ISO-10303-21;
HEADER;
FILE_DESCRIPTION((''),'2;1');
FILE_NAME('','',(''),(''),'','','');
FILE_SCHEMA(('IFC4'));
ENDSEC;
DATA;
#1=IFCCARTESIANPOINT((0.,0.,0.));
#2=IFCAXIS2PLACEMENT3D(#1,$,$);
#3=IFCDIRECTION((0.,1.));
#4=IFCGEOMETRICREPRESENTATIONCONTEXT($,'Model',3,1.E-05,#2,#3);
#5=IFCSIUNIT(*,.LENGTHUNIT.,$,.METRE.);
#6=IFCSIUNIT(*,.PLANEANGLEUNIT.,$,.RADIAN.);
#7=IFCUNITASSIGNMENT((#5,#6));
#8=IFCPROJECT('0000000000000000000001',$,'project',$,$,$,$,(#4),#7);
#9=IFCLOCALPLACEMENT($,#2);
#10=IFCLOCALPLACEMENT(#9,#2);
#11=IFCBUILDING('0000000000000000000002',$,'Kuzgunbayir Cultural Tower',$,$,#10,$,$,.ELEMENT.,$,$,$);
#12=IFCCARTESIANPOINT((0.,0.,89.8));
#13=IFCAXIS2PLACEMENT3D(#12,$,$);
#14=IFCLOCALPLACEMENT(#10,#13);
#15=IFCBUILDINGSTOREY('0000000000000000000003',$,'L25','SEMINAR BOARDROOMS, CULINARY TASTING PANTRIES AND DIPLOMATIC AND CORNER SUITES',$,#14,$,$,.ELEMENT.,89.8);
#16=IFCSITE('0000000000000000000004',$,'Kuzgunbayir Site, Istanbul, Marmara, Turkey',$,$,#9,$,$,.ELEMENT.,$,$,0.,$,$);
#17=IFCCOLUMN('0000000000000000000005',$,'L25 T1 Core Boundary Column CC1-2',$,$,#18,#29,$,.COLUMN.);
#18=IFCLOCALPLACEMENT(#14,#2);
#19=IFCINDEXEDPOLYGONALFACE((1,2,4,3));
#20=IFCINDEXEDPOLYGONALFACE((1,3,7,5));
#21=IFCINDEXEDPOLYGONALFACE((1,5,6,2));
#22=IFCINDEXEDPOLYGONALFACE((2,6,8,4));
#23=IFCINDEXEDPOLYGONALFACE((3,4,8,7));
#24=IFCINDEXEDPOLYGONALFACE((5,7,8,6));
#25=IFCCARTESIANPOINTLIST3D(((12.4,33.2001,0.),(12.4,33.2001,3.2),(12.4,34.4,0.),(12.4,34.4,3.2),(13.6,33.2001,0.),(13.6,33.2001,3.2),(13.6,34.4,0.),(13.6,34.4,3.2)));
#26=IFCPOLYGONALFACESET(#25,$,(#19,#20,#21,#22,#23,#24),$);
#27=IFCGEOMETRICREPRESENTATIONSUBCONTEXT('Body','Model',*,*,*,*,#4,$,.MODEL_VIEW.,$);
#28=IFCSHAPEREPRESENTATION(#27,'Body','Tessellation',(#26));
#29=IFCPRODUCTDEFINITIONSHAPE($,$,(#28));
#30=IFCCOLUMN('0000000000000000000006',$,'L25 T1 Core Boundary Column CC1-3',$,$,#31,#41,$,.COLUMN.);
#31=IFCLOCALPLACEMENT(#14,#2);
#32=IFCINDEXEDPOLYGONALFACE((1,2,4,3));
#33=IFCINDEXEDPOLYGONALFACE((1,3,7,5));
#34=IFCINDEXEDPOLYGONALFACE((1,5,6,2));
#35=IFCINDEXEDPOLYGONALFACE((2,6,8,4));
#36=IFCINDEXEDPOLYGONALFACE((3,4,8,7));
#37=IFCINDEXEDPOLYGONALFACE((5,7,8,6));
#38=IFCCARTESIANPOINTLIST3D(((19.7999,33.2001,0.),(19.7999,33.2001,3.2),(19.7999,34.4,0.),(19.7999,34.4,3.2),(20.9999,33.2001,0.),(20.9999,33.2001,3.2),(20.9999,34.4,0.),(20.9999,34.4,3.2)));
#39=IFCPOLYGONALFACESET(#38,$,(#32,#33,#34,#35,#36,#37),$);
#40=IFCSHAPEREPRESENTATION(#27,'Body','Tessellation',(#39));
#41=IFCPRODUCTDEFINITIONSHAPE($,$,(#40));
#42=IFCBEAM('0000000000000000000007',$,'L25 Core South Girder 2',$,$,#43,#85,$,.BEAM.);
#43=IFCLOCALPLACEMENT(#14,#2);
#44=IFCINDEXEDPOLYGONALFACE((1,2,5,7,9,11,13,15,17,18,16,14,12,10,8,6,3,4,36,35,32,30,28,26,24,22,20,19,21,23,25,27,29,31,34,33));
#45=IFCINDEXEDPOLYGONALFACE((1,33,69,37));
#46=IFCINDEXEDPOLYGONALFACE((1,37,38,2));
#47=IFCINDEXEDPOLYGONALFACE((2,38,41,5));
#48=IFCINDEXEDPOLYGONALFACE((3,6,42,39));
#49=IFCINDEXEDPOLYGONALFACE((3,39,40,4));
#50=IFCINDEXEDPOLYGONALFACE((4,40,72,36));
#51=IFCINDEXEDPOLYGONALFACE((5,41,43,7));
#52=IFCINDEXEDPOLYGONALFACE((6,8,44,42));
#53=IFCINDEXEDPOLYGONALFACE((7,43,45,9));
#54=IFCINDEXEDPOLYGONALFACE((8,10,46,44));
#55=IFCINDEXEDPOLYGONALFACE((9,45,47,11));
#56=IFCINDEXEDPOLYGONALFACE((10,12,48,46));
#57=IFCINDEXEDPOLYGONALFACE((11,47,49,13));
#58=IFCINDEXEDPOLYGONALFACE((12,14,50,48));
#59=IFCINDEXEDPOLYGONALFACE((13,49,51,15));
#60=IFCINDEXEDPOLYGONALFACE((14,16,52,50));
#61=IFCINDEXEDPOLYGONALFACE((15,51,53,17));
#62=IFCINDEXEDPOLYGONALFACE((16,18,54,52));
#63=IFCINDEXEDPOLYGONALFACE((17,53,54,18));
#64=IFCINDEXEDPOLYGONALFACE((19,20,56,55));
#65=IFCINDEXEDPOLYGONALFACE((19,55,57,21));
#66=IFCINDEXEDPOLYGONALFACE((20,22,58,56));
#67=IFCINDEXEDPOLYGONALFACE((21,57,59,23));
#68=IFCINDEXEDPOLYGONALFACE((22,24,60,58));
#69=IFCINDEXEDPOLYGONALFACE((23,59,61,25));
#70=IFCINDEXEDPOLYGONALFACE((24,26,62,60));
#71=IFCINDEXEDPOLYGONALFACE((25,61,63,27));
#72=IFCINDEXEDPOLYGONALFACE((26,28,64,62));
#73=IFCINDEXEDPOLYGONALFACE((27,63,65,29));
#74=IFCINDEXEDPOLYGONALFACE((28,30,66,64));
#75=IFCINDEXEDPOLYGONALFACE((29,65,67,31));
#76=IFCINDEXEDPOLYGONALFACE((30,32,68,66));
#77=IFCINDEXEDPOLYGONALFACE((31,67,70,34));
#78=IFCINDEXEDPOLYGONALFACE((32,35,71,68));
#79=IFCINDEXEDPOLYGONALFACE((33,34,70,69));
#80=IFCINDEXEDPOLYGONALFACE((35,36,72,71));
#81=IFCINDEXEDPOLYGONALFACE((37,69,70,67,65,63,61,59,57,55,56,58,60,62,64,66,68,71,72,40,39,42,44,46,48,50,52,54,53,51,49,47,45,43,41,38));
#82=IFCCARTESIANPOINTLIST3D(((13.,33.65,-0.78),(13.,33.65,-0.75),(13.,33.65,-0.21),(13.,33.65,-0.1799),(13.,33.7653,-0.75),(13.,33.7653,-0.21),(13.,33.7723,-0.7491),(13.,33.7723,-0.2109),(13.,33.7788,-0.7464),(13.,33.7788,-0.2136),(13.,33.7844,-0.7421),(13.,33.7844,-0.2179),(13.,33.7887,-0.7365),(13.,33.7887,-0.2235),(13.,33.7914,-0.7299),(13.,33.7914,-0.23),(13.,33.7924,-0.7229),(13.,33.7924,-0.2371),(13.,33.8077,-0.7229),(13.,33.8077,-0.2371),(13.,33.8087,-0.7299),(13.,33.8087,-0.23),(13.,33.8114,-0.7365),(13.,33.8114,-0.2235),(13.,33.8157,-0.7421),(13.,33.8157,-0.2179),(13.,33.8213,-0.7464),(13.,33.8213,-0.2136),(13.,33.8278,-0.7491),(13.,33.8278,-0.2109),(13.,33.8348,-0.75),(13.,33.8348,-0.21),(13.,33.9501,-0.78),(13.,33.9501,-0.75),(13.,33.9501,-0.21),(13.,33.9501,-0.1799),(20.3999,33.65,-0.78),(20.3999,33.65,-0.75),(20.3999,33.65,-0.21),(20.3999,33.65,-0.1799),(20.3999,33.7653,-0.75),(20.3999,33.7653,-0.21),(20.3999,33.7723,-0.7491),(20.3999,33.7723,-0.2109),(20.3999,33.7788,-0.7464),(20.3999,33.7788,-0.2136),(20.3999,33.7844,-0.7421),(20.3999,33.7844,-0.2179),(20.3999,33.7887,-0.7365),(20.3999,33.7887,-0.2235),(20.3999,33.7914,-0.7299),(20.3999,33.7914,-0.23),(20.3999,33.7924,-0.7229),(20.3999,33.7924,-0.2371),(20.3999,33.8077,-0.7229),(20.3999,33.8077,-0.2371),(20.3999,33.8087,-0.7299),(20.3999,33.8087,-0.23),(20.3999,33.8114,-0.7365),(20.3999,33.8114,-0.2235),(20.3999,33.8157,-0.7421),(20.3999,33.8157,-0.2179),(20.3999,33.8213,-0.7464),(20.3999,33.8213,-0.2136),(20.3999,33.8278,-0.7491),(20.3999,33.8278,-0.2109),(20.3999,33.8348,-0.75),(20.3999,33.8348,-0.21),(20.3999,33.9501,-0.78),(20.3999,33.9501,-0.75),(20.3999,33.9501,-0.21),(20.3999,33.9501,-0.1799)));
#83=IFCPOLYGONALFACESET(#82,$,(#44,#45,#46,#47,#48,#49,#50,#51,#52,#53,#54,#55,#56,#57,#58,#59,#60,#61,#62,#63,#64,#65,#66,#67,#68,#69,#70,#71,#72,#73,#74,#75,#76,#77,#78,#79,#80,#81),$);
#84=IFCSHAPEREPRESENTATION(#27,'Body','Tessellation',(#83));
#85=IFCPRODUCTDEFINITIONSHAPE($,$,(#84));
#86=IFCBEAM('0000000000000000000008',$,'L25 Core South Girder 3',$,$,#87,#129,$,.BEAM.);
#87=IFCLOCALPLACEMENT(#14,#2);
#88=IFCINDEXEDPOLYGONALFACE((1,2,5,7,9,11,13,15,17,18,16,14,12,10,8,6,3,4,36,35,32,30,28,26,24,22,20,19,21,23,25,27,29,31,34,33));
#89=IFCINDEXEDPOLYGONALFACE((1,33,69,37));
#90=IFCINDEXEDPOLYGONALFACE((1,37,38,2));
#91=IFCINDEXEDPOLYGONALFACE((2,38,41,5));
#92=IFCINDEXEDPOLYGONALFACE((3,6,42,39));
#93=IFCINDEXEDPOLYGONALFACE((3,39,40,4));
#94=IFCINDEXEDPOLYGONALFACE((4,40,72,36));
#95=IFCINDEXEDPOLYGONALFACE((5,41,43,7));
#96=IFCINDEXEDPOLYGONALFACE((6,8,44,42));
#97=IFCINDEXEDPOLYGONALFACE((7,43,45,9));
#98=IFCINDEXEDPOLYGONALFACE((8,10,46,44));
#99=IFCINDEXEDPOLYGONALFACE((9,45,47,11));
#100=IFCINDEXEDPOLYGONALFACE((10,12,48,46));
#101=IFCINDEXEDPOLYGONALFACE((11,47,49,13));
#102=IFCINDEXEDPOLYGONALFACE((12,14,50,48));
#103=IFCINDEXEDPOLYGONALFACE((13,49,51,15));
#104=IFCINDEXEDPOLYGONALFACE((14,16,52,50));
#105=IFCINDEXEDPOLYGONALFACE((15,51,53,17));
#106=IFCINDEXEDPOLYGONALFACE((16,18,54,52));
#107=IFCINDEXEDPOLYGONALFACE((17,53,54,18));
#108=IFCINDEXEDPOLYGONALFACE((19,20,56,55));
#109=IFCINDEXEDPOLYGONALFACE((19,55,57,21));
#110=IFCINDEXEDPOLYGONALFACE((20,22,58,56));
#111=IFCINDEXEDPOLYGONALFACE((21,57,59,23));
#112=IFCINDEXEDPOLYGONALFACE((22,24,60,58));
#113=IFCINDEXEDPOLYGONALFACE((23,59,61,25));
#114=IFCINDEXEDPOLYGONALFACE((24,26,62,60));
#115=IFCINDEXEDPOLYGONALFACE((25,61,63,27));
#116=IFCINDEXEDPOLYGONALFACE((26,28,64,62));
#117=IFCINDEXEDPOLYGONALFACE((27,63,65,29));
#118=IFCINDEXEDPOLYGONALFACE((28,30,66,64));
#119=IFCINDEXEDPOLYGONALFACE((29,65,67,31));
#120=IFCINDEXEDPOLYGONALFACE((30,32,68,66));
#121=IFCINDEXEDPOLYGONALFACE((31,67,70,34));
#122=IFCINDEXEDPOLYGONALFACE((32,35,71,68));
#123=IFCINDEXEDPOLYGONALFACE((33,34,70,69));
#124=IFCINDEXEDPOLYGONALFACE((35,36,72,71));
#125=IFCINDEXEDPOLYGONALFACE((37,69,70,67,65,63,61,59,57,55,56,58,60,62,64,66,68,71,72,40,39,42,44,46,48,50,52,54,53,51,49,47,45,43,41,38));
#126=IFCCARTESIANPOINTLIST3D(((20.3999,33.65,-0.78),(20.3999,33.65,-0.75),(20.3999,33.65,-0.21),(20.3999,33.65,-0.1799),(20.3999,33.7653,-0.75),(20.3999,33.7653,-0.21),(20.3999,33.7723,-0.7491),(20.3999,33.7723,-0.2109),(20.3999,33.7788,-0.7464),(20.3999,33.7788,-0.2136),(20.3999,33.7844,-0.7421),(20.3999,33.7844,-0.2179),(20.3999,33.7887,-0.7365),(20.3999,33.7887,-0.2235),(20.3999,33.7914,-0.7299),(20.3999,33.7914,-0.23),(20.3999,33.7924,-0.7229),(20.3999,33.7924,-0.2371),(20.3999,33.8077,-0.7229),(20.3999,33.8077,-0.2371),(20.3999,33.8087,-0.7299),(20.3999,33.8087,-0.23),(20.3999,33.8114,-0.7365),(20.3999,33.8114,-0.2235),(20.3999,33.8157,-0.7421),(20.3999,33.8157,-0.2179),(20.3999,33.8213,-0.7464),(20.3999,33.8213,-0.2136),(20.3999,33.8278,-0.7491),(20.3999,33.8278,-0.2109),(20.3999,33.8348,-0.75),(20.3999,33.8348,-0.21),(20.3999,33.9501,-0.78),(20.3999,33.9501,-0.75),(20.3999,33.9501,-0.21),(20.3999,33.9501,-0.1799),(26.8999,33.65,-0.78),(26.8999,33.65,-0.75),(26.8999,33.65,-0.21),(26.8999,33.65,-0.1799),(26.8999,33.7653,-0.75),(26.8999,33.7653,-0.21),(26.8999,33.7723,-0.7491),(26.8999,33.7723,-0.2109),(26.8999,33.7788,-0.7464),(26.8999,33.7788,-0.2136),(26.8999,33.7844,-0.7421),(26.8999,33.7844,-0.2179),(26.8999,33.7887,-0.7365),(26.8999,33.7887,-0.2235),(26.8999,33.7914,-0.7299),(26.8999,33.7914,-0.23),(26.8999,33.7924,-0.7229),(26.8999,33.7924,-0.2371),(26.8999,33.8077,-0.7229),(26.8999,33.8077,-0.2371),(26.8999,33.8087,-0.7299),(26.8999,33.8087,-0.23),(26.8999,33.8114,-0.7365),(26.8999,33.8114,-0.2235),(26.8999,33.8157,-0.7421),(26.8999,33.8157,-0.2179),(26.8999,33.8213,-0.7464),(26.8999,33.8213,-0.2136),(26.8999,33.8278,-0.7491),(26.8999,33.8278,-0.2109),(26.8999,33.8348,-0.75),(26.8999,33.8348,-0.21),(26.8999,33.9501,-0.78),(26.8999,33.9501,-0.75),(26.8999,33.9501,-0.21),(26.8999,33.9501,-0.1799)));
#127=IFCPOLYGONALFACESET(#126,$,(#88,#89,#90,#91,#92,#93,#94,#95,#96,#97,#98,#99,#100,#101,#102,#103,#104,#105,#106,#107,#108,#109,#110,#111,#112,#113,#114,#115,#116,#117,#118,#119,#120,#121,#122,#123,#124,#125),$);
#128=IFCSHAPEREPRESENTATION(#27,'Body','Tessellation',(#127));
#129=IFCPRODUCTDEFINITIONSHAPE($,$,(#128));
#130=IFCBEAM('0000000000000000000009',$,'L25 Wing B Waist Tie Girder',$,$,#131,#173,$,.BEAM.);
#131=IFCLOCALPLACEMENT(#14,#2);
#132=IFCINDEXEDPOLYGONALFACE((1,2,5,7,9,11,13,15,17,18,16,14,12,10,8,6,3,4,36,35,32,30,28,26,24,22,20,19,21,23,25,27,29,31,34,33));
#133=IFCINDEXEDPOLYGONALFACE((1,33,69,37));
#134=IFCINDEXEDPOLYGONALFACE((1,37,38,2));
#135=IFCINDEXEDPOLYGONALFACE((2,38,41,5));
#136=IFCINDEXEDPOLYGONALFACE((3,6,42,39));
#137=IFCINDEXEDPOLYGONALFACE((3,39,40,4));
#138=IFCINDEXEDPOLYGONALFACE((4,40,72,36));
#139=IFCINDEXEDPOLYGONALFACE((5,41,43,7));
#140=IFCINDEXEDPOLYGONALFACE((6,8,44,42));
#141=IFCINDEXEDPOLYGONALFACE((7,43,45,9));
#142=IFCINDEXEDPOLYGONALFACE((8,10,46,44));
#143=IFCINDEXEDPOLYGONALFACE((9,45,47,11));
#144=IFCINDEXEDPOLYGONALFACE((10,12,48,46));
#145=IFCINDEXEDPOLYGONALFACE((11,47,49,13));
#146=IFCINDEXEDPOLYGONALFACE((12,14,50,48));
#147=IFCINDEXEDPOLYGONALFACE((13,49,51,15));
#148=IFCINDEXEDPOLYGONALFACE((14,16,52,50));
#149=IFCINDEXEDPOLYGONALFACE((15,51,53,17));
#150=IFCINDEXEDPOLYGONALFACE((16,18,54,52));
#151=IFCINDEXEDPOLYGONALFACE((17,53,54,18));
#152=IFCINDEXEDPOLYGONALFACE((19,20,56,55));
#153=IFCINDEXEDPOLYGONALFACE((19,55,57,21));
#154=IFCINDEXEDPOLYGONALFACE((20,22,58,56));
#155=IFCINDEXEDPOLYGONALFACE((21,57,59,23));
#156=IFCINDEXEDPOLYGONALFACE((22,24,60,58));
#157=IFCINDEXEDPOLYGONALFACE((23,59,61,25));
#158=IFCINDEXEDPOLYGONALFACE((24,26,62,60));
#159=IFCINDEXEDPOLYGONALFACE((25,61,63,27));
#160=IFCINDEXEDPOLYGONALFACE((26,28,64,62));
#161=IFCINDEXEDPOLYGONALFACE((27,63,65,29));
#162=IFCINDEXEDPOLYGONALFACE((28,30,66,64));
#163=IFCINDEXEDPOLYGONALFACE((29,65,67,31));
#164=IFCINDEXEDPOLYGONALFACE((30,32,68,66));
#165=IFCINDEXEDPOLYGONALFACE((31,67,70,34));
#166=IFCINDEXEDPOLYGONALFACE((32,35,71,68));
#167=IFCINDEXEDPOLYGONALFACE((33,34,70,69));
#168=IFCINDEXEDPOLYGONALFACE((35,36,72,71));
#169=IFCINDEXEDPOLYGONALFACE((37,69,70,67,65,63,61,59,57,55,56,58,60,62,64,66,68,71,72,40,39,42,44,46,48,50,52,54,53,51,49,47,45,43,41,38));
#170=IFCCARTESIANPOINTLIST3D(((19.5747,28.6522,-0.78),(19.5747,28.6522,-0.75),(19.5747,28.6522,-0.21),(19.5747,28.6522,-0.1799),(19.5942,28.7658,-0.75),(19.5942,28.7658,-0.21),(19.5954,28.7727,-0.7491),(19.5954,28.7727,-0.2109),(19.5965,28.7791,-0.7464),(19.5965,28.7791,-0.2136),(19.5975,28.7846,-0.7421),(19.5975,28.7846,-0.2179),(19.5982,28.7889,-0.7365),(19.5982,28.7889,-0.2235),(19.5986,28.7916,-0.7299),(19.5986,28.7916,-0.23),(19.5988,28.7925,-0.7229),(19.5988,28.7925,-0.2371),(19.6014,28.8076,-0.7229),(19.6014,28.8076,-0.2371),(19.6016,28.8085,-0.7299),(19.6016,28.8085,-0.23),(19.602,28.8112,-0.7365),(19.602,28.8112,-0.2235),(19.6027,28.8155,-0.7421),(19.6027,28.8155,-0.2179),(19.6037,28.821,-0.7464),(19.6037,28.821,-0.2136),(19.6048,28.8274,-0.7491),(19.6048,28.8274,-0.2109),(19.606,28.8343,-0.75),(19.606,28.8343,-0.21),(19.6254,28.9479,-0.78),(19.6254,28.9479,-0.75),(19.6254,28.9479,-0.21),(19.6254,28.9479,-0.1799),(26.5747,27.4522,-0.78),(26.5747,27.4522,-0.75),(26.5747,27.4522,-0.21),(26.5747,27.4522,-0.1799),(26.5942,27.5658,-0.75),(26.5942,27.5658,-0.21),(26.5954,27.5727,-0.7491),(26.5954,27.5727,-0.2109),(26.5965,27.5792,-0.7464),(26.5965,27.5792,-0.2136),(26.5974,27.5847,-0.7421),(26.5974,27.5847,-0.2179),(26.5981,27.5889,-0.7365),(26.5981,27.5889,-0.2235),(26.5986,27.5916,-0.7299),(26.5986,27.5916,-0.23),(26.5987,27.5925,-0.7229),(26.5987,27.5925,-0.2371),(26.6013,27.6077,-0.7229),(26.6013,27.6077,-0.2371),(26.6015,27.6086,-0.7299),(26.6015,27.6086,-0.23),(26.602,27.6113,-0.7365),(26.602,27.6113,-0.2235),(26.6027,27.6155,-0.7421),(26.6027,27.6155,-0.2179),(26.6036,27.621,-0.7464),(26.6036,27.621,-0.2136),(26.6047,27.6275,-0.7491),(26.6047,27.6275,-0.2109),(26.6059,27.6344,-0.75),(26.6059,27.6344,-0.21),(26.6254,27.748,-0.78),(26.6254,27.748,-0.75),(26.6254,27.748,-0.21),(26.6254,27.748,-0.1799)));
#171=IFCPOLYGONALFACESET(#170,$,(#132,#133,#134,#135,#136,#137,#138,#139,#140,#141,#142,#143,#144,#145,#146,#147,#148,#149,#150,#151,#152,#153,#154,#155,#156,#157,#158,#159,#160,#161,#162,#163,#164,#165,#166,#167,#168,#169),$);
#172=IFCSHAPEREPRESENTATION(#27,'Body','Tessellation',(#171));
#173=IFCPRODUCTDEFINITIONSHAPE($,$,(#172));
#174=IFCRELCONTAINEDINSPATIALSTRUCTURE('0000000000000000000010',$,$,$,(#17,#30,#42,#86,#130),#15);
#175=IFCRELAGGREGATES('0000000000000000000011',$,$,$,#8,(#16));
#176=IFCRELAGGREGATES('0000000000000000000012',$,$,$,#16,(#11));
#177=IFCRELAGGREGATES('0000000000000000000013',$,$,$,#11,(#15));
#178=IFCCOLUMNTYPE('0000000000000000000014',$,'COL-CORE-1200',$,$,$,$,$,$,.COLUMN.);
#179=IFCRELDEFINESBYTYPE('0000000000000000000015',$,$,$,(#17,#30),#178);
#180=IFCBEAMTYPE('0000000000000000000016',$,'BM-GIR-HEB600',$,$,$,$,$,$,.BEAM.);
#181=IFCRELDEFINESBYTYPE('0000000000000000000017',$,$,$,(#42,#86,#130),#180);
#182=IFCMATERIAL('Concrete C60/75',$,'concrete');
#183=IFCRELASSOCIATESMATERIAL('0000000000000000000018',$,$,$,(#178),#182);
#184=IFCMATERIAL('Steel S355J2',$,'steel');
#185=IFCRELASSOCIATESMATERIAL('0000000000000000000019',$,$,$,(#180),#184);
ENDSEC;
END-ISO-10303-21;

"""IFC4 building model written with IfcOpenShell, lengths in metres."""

from ifc_helpers import new_model, si_unit, direction, frame, origin, origin_2d, place, context, subcontext, project, spatial, rectangle, i_section, extrude, material, material_profile, profile_set, type_object, element, save


model = new_model("IFC4")

# Units and contexts
model_context = context("Model", 3, precision=1e-05, world=origin(), true_north=direction((0.0, 1.0)))
body_context = subcontext(model_context, "Body", "Model", "MODEL_VIEW")
ifc_project = project(units=[si_unit("LENGTHUNIT", "METRE"), si_unit("PLANEANGLEUNIT", "RADIAN")], contexts=[model_context])

# Site, building, storey
site_placement = place(None, origin())
site = spatial("IfcSite", under=ifc_project, at=site_placement, Name="Kuzgunbayir Site, Istanbul, Marmara, Turkey", CompositionType="ELEMENT", RefElevation=0.0)
building_placement = place(site_placement, origin())
building = spatial("IfcBuilding", under=site, at=building_placement, Name="Kuzgunbayir Cultural Tower", CompositionType="ELEMENT")
storey_placement = place(building_placement, frame((0.0, 0.0, 89.8)))
storey = spatial("IfcBuildingStorey", under=building, at=storey_placement, Name="L25", Description="SEMINAR BOARDROOMS, CULINARY TASTING PANTRIES AND DIPLOMATIC AND CORNER SUITES", CompositionType="ELEMENT", Elevation=89.8)

# Columns
ifc_material_1 = material(Name="Concrete C60/75", Category="concrete")
ifc_material_profile_1 = material_profile(ifc_material_1, rectangle(XDim=1.2, YDim=1.2, at=origin_2d()), Name="RC 1200x1200")
ifc_profile_set_1 = profile_set([ifc_material_profile_1], Name="Concrete C60/75")
column_type = type_object("IfcColumnType", Name="COL-CORE-1200", PredefinedType="COLUMN", material=ifc_profile_set_1)
for number, where, z_axis, x_axis, name in (
    (1, (13.0, 33.8, 0.0), (0.0, 0.0, 1.0), (1.0, 0.0, 0.0), "L25 T1 Core Boundary Column CC1-2"),
    (2, (20.3999, 33.8, 0.0), (0.0, 0.0, 1.0), (1.0, 0.0, 0.0), "L25 T1 Core Boundary Column CC1-3"),
):
    element("IfcColumn", number, at=place(storey_placement, frame(where, z_axis=z_axis, x_axis=x_axis)), inside=storey, type_object=column_type, Name=name, PredefinedType="COLUMN", context=body_context, shape_type="SweptSolid", body=[
        extrude(rectangle(XDim=1.2, YDim=1.2, at=origin_2d()), origin(), (0.0, 0.0, 1.0), 3.2),
    ])

# Beams
ifc_material_2 = material(Name="Steel S355J2", Category="steel")
ifc_material_profile_2 = material_profile(ifc_material_2, i_section(OverallWidth=0.3, OverallDepth=0.6001, WebThickness=0.0154, FlangeThickness=0.03, FilletRadius=0.0271, at=origin_2d()), Name="HEB 600")
ifc_profile_set_2 = profile_set([ifc_material_profile_2], Name="Steel S355J2")
beam_type = type_object("IfcBeamType", Name="BM-GIR-HEB600", PredefinedType="BEAM", material=ifc_profile_set_2)
beam_1_placement = place(storey_placement, frame((13.0, 33.8, -0.48), z_axis=(1.0, 0.0, 0.0), x_axis=(0.0, 1.0, 0.0)))
element("IfcBeam", 3, at=beam_1_placement, inside=storey, type_object=beam_type, Name="L25 Core South Girder 2", PredefinedType="BEAM", context=body_context, shape_type="SweptSolid", body=[
    extrude(i_section(OverallWidth=0.3, OverallDepth=0.6001, WebThickness=0.0154, FlangeThickness=0.03, FilletRadius=0.0271, at=origin_2d()), origin(), (0.0, 0.0, 1.0), 7.3999),
])
beam_2_placement = place(storey_placement, frame((20.3999, 33.8, -0.48), z_axis=(1.0, 0.0, 0.0), x_axis=(0.0, 1.0, 0.0)))
element("IfcBeam", 4, at=beam_2_placement, inside=storey, type_object=beam_type, Name="L25 Core South Girder 3", PredefinedType="BEAM", context=body_context, shape_type="SweptSolid", body=[
    extrude(i_section(OverallWidth=0.3, OverallDepth=0.6001, WebThickness=0.0154, FlangeThickness=0.03, FilletRadius=0.0271, at=origin_2d()), origin(), (0.0, 0.0, 1.0), 6.5),
])
beam_3_placement = place(storey_placement, frame((19.6001, 28.8, -0.48), z_axis=(0.985623, -0.168957, 0.0), x_axis=(0.168957, 0.985623, 0.0)))
element("IfcBeam", 5, at=beam_3_placement, inside=storey, type_object=beam_type, Name="L25 Wing B Waist Tie Girder", PredefinedType="BEAM", context=body_context, shape_type="SweptSolid", body=[
    extrude(i_section(OverallWidth=0.3, OverallDepth=0.6001, WebThickness=0.0154, FlangeThickness=0.03, FilletRadius=0.0271, at=origin_2d()), origin(), (0.0, 0.0, 1.0), 7.1021),
])

save(model, "model.ifc")
